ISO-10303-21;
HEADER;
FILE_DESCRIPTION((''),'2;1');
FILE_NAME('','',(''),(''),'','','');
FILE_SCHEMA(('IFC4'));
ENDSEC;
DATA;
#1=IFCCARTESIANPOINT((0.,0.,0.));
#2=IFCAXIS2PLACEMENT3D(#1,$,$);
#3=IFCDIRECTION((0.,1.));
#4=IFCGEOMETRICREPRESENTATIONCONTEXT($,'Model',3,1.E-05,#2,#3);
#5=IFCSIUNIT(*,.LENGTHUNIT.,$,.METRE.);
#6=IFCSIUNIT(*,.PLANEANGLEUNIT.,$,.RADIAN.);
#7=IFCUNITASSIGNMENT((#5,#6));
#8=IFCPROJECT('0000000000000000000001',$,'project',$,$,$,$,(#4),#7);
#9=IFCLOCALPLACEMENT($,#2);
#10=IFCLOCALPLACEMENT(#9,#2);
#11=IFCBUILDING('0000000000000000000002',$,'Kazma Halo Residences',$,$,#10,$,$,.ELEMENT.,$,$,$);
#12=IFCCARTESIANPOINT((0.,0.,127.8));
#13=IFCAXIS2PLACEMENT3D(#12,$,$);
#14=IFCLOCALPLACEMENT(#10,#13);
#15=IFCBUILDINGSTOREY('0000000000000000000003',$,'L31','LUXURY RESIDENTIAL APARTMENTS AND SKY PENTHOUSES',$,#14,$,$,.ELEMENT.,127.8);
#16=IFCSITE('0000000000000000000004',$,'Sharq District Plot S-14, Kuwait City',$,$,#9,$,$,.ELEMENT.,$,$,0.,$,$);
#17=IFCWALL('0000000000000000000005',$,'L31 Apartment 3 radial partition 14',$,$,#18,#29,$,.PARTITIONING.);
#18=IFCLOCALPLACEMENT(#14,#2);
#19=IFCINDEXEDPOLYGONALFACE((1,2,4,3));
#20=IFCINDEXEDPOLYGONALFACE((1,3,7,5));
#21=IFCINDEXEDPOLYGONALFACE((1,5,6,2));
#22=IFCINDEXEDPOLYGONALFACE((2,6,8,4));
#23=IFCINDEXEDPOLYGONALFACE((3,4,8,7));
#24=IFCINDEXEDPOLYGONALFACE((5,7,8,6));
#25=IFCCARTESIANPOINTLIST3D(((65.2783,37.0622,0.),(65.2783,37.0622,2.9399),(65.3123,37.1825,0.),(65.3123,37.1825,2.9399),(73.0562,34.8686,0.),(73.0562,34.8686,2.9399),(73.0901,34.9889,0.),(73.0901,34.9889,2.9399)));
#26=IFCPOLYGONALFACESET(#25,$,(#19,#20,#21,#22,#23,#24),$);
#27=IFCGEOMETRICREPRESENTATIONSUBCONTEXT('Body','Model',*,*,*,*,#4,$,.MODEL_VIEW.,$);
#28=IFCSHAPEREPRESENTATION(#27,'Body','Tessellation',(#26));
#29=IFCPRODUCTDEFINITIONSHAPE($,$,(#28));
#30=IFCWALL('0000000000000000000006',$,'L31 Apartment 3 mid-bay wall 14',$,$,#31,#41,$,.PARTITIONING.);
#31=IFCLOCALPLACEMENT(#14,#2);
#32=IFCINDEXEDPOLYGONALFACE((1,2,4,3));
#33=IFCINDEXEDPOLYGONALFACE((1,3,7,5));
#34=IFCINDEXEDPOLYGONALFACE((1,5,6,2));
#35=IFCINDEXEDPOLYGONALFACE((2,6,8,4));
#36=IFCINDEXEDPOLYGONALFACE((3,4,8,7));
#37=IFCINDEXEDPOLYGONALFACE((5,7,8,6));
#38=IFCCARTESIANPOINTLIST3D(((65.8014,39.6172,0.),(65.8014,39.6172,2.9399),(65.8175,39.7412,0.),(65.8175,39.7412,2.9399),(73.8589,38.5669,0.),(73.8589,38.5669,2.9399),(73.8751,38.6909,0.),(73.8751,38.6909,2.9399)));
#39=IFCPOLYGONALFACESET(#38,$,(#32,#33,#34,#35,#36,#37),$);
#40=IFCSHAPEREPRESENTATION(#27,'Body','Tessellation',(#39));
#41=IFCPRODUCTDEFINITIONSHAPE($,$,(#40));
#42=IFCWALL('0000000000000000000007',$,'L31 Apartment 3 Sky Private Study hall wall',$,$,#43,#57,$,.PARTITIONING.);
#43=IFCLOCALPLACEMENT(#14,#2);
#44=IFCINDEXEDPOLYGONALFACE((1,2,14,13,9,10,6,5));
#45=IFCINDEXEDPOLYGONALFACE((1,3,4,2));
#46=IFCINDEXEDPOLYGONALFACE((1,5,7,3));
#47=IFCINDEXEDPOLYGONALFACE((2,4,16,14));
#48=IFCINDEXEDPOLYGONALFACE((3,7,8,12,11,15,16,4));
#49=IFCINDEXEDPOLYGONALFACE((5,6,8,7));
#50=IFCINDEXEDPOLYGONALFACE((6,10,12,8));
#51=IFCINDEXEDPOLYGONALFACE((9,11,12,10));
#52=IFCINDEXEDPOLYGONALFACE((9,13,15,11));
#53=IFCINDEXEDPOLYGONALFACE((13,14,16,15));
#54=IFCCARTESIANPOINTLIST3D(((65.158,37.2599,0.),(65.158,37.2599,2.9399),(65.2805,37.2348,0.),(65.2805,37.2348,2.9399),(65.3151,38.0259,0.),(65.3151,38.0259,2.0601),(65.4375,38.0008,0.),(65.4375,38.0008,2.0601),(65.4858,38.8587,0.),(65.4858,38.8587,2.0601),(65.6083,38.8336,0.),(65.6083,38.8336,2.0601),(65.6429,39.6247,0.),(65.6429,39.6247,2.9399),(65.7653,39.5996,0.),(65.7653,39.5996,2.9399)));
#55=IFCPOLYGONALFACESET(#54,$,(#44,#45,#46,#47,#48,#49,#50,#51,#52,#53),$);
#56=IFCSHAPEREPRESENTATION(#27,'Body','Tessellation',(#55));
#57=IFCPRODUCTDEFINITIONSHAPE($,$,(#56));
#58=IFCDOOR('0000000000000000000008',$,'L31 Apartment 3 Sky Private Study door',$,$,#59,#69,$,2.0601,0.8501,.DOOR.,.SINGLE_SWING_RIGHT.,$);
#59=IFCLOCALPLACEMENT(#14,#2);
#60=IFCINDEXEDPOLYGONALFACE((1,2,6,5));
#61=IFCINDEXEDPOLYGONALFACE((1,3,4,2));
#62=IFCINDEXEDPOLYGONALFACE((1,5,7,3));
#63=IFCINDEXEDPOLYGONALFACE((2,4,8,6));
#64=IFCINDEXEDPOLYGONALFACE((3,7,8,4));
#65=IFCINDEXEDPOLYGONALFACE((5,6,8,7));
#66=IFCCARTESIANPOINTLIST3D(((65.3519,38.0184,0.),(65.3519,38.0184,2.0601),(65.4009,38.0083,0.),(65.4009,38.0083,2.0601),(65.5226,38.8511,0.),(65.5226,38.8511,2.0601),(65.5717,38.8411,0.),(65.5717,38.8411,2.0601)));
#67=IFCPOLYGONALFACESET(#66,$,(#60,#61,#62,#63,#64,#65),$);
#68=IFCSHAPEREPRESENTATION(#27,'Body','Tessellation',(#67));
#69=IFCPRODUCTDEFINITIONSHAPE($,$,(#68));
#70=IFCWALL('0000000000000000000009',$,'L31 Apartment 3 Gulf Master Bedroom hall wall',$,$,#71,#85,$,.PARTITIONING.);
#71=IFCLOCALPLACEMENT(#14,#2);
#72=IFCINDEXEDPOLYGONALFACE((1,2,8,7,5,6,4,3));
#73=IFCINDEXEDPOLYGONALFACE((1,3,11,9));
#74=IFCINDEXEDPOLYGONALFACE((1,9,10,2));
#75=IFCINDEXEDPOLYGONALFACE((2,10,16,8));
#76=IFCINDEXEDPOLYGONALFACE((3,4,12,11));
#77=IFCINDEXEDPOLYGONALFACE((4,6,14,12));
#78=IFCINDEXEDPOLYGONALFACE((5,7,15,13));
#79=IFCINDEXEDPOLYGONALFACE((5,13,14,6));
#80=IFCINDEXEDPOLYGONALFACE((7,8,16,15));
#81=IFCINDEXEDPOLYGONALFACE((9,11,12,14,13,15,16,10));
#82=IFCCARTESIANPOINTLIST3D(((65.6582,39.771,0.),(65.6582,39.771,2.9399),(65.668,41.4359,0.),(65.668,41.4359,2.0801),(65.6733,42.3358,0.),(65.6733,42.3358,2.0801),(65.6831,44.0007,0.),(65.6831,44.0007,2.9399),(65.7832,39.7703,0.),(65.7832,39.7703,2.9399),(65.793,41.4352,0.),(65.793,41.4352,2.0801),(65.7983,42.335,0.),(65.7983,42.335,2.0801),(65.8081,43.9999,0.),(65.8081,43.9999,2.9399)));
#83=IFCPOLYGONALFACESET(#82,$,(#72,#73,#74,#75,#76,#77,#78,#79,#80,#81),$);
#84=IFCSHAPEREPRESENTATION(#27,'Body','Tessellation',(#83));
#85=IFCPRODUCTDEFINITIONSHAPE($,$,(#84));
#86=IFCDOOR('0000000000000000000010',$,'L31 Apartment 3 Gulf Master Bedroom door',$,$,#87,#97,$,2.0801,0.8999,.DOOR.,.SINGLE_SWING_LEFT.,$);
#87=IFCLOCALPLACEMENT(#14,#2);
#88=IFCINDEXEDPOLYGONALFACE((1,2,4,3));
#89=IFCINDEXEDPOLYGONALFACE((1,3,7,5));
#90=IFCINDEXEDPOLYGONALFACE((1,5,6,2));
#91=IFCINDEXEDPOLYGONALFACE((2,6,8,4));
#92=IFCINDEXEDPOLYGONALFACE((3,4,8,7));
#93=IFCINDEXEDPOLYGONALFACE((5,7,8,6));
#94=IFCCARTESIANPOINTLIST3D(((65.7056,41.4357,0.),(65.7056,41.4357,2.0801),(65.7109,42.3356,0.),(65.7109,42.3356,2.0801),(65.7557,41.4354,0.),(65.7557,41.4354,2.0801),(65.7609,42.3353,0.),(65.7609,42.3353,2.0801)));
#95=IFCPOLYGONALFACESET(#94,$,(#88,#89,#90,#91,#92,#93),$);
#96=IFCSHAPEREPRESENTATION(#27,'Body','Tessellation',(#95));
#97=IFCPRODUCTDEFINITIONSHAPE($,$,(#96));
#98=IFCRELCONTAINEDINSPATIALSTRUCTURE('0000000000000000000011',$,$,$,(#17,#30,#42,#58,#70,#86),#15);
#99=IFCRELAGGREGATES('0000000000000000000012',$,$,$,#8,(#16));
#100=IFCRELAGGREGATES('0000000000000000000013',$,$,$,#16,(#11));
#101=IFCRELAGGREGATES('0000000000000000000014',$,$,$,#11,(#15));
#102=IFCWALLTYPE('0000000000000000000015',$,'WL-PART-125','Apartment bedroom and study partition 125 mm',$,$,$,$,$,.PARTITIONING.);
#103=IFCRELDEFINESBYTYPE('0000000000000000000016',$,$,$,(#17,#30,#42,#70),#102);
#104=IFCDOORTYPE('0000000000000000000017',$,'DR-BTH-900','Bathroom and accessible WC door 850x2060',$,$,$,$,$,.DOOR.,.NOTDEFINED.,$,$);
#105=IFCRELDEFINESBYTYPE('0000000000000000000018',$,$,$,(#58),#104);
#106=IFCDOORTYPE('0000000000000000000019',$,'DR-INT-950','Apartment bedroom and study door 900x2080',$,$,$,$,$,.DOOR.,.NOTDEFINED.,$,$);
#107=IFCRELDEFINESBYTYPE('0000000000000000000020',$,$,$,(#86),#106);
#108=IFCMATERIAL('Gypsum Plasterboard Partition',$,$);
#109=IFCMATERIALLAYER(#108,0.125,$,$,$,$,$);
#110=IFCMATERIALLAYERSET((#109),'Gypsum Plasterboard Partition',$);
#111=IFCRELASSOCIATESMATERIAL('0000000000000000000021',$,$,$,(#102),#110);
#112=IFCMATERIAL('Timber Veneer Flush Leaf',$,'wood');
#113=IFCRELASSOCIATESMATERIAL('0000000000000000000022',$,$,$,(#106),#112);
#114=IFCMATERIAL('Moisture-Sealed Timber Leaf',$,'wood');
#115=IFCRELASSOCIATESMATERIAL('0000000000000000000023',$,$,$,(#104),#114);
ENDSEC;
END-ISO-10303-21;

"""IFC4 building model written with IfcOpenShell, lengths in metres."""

from ifc_helpers import new_model, si_unit, direction, frame, frame_2d, origin, place, context, subcontext, project, spatial, rectangle, extrude, material, layer, layer_set, type_object, element, fill, save


model = new_model("IFC4")

# Units and contexts
model_context = context("Model", 3, precision=1e-05, world=origin(), true_north=direction((0.0, 1.0)))
body_context = subcontext(model_context, "Body", "Model", "MODEL_VIEW")
ifc_project = project(units=[si_unit("LENGTHUNIT", "METRE"), si_unit("PLANEANGLEUNIT", "RADIAN")], contexts=[model_context])

# Site, building, storey
site_placement = place(None, origin())
site = spatial("IfcSite", under=ifc_project, at=site_placement, Name="Sharq District Plot S-14, Kuwait City", CompositionType="ELEMENT", RefElevation=0.0)
building_placement = place(site_placement, origin())
building = spatial("IfcBuilding", under=site, at=building_placement, Name="Kazma Halo Residences", CompositionType="ELEMENT")
storey_placement = place(building_placement, frame((0.0, 0.0, 127.8)))
storey = spatial("IfcBuildingStorey", under=building, at=storey_placement, Name="L31", Description="LUXURY RESIDENTIAL APARTMENTS AND SKY PENTHOUSES", CompositionType="ELEMENT", Elevation=127.8)

# Shared definitions
ifc_material_1 = material(Name="Gypsum Plasterboard Partition")
ifc_layer_1 = layer(ifc_material_1, 0.125)
ifc_layer_set_1 = layer_set([ifc_layer_1], Name="Gypsum Plasterboard Partition")
wall_type_1 = type_object("IfcWallType", Name="WL-PART-125", Description="Apartment bedroom and study partition 125 mm", PredefinedType="PARTITIONING", material=ifc_layer_set_1)
ifc_material_2 = material(Name="Timber Veneer Flush Leaf", Category="wood")
door_type_1 = type_object("IfcDoorType", Name="DR-INT-950", Description="Apartment bedroom and study door 900x2080", OperationType="NOTDEFINED", PredefinedType="DOOR", material=ifc_material_2)

# Walls
wall_1_placement = place(storey_placement, frame((65.2954, 37.1223, 0.0), z_axis=(0.0, 0.0, 1.0), x_axis=(0.962454, -0.271444, 0.0)))
element("IfcWall", 1, at=wall_1_placement, inside=storey, type_object=wall_type_1, Name="L31 Apartment 3 radial partition 14", PredefinedType="PARTITIONING", context=body_context, shape_type="SweptSolid", body=[
    extrude(rectangle(XDim=8.0813, YDim=0.125, at=frame_2d((4.0405, 0.0))), origin(), (0.0, 0.0, 1.0), 2.9399),
])
wall_2_placement = place(storey_placement, frame((65.8093, 39.6792, 0.0), z_axis=(0.0, 0.0, 1.0), x_axis=(0.991611, -0.129254, 0.0)))
element("IfcWall", 2, at=wall_2_placement, inside=storey, type_object=wall_type_1, Name="L31 Apartment 3 mid-bay wall 14", PredefinedType="PARTITIONING", context=body_context, shape_type="SweptSolid", body=[
    extrude(rectangle(XDim=8.1257, YDim=0.125, at=frame_2d((4.063, 0.0))), origin(), (0.0, 0.0, 1.0), 2.9399),
])

# Walls, openings, doors
wall_3_placement = place(storey_placement, frame((65.2192, 37.2473, 0.0), z_axis=(0.0, 0.0, 1.0), x_axis=(0.20084, 0.979624, 0.0)))
wall_3 = element("IfcWall", 3, at=wall_3_placement, inside=storey, type_object=wall_type_1, Name="L31 Apartment 3 Sky Private Study hall wall", PredefinedType="PARTITIONING", context=body_context, shape_type="SweptSolid", body=[
    extrude(rectangle(XDim=2.4141, YDim=0.125, at=frame_2d((1.207, 0.0))), origin(), (0.0, 0.0, 1.0), 2.9399),
])
opening_1_placement = place(wall_3_placement, frame((0.782, 0.0, 0.0)))
opening_1 = element("IfcOpeningElement", 4, at=opening_1_placement, cuts=wall_3, PredefinedType="OPENING", context=body_context, shape_type="SweptSolid", body=[
    extrude(rectangle(XDim=0.8501, YDim=2.0601, at=frame_2d((0.425, 1.03))), frame((0.0, 0.0725, 0.0), z_axis=(0.0, -1.0, 0.0), x_axis=(1.0, 0.0, 0.0)), (0.0, 0.0, 1.0), 0.145),
])
ifc_material_3 = material(Name="Moisture-Sealed Timber Leaf", Category="wood")
door_type_2 = type_object("IfcDoorType", Name="DR-BTH-900", Description="Bathroom and accessible WC door 850x2060", OperationType="NOTDEFINED", PredefinedType="DOOR", material=ifc_material_3)
door_1_placement = place(opening_1_placement, origin())
door_1 = element("IfcDoor", 5, at=door_1_placement, inside=storey, type_object=door_type_2, Name="L31 Apartment 3 Sky Private Study door", OperationType="SINGLE_SWING_RIGHT", OverallHeight=2.0601, OverallWidth=0.8501, PredefinedType="DOOR", context=body_context, shape_type="SweptSolid", body=[
    extrude(rectangle(XDim=0.8501, YDim=2.0601, at=frame_2d((0.425, 1.03))), frame((0.0, 0.0249, 0.0), z_axis=(0.0, -1.0, 0.0), x_axis=(1.0, 0.0, 0.0)), (0.0, 0.0, 1.0), 0.05),
])
fill(opening_1, door_1)
wall_4_placement = place(storey_placement, frame((65.7207, 39.7708, 0.0), z_axis=(0.0, 0.0, 1.0), x_axis=(0.005887, 0.999983, 0.0)))
wall_4 = element("IfcWall", 6, at=wall_4_placement, inside=storey, type_object=wall_type_1, Name="L31 Apartment 3 Gulf Master Bedroom hall wall", PredefinedType="PARTITIONING", context=body_context, shape_type="SweptSolid", body=[
    extrude(rectangle(XDim=4.2297, YDim=0.125, at=frame_2d((2.1147, 0.0))), origin(), (0.0, 0.0, 1.0), 2.9399),
])
opening_2_placement = place(wall_4_placement, frame((1.6648, 0.0, 0.0)))
opening_2 = element("IfcOpeningElement", 7, at=opening_2_placement, cuts=wall_4, PredefinedType="OPENING", context=body_context, shape_type="SweptSolid", body=[
    extrude(rectangle(XDim=0.8999, YDim=2.0801, at=frame_2d((0.45, 1.04))), frame((0.0, 0.0725, 0.0), z_axis=(0.0, -1.0, 0.0), x_axis=(1.0, 0.0, 0.0)), (0.0, 0.0, 1.0), 0.145),
])
door_2_placement = place(opening_2_placement, origin())
door_2 = element("IfcDoor", 8, at=door_2_placement, inside=storey, type_object=door_type_1, Name="L31 Apartment 3 Gulf Master Bedroom door", OperationType="SINGLE_SWING_LEFT", OverallHeight=2.0801, OverallWidth=0.8999, PredefinedType="DOOR", context=body_context, shape_type="SweptSolid", body=[
    extrude(rectangle(XDim=0.8999, YDim=2.0801, at=frame_2d((0.45, 1.04))), frame((0.0, 0.0249, 0.0), z_axis=(0.0, -1.0, 0.0), x_axis=(1.0, 0.0, 0.0)), (0.0, 0.0, 1.0), 0.05),
])
fill(opening_2, door_2)

save(model, "model.ifc")
